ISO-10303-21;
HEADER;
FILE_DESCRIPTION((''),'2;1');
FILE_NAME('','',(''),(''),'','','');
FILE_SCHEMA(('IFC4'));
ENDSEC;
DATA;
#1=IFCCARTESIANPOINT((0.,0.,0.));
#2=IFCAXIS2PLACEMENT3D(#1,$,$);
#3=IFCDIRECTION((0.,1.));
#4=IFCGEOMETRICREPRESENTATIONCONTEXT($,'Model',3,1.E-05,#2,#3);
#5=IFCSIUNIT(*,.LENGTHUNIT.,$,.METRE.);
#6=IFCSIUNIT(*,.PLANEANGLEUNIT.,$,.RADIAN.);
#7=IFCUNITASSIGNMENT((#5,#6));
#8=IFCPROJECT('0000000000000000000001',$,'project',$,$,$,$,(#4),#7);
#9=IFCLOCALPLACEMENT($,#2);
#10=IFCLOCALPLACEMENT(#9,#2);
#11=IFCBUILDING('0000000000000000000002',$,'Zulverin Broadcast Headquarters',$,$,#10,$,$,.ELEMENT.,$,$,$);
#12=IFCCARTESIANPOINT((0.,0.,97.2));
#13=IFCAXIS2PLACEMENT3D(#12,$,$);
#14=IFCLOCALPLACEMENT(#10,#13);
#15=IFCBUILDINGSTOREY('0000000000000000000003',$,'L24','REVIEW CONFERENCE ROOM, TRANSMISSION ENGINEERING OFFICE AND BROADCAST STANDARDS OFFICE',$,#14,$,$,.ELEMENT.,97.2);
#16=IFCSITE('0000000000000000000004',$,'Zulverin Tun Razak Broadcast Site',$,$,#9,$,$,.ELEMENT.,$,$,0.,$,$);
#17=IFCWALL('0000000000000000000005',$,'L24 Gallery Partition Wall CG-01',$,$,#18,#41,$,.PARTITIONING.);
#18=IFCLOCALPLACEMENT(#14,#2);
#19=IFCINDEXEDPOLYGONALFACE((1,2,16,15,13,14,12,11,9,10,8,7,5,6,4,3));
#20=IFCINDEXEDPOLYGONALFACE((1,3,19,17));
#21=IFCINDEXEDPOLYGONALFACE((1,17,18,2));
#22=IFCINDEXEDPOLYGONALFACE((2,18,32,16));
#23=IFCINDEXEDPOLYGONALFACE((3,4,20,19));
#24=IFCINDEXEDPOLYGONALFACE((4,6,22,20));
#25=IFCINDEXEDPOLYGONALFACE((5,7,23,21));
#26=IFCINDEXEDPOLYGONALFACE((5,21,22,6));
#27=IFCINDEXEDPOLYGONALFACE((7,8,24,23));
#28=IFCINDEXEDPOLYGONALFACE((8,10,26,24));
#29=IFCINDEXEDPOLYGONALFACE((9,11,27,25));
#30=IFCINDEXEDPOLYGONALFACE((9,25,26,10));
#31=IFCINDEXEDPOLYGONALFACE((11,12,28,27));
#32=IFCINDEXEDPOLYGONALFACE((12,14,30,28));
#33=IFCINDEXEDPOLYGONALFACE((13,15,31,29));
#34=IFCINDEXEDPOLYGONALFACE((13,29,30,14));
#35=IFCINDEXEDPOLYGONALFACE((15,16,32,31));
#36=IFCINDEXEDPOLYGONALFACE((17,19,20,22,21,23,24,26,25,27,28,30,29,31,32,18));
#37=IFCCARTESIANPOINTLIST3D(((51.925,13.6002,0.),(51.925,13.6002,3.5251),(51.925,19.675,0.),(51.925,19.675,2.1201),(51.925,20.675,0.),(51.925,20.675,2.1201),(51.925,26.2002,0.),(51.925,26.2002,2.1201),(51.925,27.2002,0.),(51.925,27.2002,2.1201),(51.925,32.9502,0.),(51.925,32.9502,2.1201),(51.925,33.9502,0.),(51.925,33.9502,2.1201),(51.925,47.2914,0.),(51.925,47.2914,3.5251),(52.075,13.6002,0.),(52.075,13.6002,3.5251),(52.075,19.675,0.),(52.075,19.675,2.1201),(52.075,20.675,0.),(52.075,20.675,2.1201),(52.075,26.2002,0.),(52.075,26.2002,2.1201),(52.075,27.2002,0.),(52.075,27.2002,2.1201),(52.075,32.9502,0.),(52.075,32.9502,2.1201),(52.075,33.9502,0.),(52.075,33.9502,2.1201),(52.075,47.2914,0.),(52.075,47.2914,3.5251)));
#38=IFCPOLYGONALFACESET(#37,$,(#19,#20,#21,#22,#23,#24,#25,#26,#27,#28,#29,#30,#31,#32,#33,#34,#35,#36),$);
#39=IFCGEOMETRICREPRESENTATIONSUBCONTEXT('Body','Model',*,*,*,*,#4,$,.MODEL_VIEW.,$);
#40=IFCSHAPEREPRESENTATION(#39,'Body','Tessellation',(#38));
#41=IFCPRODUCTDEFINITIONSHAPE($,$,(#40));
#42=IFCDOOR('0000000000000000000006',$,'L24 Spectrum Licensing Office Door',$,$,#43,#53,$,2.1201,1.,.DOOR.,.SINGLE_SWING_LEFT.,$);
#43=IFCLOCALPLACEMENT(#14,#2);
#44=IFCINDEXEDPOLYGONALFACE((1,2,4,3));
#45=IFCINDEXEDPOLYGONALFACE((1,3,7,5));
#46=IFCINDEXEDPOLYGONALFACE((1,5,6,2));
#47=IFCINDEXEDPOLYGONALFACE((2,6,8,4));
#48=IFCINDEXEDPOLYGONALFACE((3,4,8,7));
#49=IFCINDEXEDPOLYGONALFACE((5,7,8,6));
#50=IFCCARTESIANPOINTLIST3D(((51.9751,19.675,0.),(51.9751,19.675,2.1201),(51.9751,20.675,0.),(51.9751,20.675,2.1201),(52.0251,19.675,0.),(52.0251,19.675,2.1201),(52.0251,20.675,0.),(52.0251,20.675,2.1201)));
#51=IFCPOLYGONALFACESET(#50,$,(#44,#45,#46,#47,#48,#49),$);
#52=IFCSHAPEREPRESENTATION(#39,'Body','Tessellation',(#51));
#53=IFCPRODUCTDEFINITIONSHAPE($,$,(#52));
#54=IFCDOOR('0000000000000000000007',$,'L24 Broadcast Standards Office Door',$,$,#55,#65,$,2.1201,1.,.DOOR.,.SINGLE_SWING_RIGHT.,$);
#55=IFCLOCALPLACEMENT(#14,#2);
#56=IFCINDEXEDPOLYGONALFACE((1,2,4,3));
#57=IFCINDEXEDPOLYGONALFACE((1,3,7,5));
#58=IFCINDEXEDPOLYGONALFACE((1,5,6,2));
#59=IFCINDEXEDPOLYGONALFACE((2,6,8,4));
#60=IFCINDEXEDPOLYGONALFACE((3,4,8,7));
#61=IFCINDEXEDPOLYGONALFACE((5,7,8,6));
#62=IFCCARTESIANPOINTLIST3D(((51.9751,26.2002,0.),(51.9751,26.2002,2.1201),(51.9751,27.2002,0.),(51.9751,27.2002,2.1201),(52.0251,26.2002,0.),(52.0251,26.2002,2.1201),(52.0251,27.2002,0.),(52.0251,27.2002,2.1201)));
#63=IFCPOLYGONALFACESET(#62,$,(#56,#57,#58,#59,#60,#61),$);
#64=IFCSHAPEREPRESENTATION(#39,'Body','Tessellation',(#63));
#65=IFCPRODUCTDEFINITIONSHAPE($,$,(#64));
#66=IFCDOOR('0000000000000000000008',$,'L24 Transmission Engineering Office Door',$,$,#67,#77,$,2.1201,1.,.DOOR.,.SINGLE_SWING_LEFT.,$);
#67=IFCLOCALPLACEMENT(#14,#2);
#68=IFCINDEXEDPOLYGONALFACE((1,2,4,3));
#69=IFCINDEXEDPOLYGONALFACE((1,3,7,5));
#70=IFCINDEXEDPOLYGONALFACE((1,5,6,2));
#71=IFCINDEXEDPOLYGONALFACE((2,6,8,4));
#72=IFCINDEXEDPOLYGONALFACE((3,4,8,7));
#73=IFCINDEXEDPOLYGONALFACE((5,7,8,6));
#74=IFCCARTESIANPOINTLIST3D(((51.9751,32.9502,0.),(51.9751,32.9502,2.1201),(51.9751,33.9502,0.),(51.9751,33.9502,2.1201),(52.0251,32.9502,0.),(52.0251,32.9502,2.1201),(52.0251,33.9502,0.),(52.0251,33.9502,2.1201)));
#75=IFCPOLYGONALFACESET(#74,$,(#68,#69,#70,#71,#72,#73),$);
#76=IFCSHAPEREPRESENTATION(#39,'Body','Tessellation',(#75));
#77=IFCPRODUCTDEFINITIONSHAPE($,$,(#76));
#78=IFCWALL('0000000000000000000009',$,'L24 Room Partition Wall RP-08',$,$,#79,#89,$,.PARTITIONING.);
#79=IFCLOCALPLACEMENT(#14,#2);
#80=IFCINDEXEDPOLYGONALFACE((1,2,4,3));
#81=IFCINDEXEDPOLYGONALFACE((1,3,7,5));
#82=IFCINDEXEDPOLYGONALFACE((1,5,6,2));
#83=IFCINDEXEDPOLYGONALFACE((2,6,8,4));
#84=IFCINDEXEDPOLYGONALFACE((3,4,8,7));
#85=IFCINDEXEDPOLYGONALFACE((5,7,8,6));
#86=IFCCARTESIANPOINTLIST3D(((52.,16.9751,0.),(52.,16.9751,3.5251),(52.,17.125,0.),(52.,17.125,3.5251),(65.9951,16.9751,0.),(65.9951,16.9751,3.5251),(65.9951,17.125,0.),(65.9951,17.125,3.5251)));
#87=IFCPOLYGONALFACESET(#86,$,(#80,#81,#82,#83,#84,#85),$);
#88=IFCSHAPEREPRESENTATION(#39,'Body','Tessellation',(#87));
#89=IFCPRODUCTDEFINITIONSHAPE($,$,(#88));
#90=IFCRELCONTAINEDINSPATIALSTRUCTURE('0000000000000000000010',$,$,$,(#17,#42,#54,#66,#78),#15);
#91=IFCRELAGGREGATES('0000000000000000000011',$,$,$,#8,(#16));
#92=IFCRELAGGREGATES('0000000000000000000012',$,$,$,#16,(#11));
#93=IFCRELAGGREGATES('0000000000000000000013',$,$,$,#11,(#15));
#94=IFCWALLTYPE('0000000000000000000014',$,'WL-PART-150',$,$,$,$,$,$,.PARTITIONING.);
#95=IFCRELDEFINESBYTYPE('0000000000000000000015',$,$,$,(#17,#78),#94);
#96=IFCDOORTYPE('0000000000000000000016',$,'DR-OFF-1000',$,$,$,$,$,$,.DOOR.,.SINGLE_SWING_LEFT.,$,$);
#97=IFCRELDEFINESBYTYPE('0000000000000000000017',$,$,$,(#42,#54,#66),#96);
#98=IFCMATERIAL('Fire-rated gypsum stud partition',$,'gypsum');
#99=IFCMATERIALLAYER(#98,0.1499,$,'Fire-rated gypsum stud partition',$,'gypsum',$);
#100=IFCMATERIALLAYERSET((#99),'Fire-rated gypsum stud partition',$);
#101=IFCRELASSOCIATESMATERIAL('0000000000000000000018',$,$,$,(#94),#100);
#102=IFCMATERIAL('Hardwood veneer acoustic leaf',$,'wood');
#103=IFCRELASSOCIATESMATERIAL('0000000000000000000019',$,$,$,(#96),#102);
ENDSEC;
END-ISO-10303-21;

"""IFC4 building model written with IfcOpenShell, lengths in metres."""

from ifc_helpers import new_model, si_unit, direction, frame, frame_2d, origin, place, context, subcontext, project, spatial, rectangle, extrude, material, layer, layer_set, type_object, element, fill, save


model = new_model("IFC4")

# Units and contexts
model_context = context("Model", 3, precision=1e-05, world=origin(), true_north=direction((0.0, 1.0)))
body_context = subcontext(model_context, "Body", "Model", "MODEL_VIEW")
ifc_project = project(units=[si_unit("LENGTHUNIT", "METRE"), si_unit("PLANEANGLEUNIT", "RADIAN")], contexts=[model_context])

# Site, building, storey
site_placement = place(None, origin())
site = spatial("IfcSite", under=ifc_project, at=site_placement, Name="Zulverin Tun Razak Broadcast Site", CompositionType="ELEMENT", RefElevation=0.0)
building_placement = place(site_placement, origin())
building = spatial("IfcBuilding", under=site, at=building_placement, Name="Zulverin Broadcast Headquarters", CompositionType="ELEMENT")
storey_placement = place(building_placement, frame((0.0, 0.0, 97.2)))
storey = spatial("IfcBuildingStorey", under=building, at=storey_placement, Name="L24", Description="REVIEW CONFERENCE ROOM, TRANSMISSION ENGINEERING OFFICE AND BROADCAST STANDARDS OFFICE", CompositionType="ELEMENT", Elevation=97.2)

# Wall, openings, doors
ifc_material_1 = material(Name="Fire-rated gypsum stud partition", Category="gypsum")
ifc_layer_1 = layer(ifc_material_1, 0.1499, Name="Fire-rated gypsum stud partition", Category="gypsum")
ifc_layer_set_1 = layer_set([ifc_layer_1], Name="Fire-rated gypsum stud partition")
wall_type_1 = type_object("IfcWallType", Name="WL-PART-150", PredefinedType="PARTITIONING", material=ifc_layer_set_1)
wall_1_placement = place(storey_placement, frame((52.0, 13.6001, 0.0), z_axis=(0.0, 0.0, 1.0), x_axis=(0.0, 1.0, 0.0)))
wall_1 = element("IfcWall", 1, at=wall_1_placement, inside=storey, type_object=wall_type_1, Name="L24 Gallery Partition Wall CG-01", PredefinedType="PARTITIONING", context=body_context, shape_type="SweptSolid", body=[
    extrude(rectangle(XDim=33.6912, YDim=0.1499, at=frame_2d((16.8457, 0.0))), origin(), (0.0, 0.0, 1.0), 3.5251),
])
opening_1_placement = place(wall_1_placement, frame((6.075, 0.0, 0.0)))
opening_1 = element("IfcOpeningElement", 2, at=opening_1_placement, cuts=wall_1, PredefinedType="OPENING", context=body_context, shape_type="SweptSolid", body=[
    extrude(rectangle(XDim=1.0, YDim=2.1201, at=frame_2d((0.5, 1.0601))), frame((0.0, 0.085, 0.0), z_axis=(0.0, -1.0, 0.0), x_axis=(1.0, 0.0, 0.0)), (0.0, 0.0, 1.0), 0.1699),
])
opening_2_placement = place(wall_1_placement, frame((12.6001, 0.0, 0.0)))
opening_2 = element("IfcOpeningElement", 3, at=opening_2_placement, cuts=wall_1, PredefinedType="OPENING", context=body_context, shape_type="SweptSolid", body=[
    extrude(rectangle(XDim=1.0, YDim=2.1201, at=frame_2d((0.5, 1.0601))), frame((0.0, 0.085, 0.0), z_axis=(0.0, -1.0, 0.0), x_axis=(1.0, 0.0, 0.0)), (0.0, 0.0, 1.0), 0.1699),
])
opening_3_placement = place(wall_1_placement, frame((19.3501, 0.0, 0.0)))
opening_3 = element("IfcOpeningElement", 4, at=opening_3_placement, cuts=wall_1, PredefinedType="OPENING", context=body_context, shape_type="SweptSolid", body=[
    extrude(rectangle(XDim=1.0, YDim=2.1201, at=frame_2d((0.5, 1.0601))), frame((0.0, 0.085, 0.0), z_axis=(0.0, -1.0, 0.0), x_axis=(1.0, 0.0, 0.0)), (0.0, 0.0, 1.0), 0.1699),
])
ifc_material_2 = material(Name="Hardwood veneer acoustic leaf", Category="wood")
door_type_1 = type_object("IfcDoorType", Name="DR-OFF-1000", OperationType="SINGLE_SWING_LEFT", PredefinedType="DOOR", material=ifc_material_2)
door_1_placement = place(opening_1_placement, origin())
door_1 = element("IfcDoor", 5, at=door_1_placement, inside=storey, type_object=door_type_1, Name="L24 Spectrum Licensing Office Door", OperationType="SINGLE_SWING_LEFT", OverallHeight=2.1201, OverallWidth=1.0, PredefinedType="DOOR", context=body_context, shape_type="SweptSolid", body=[
    extrude(rectangle(XDim=1.0, YDim=2.1201, at=frame_2d((0.5, 1.0601))), frame((0.0, 0.0249, 0.0), z_axis=(0.0, -1.0, 0.0), x_axis=(1.0, 0.0, 0.0)), (0.0, 0.0, 1.0), 0.05),
])
fill(opening_1, door_1)
door_2_placement = place(opening_2_placement, origin())
door_2 = element("IfcDoor", 6, at=door_2_placement, inside=storey, type_object=door_type_1, Name="L24 Broadcast Standards Office Door", OperationType="SINGLE_SWING_RIGHT", OverallHeight=2.1201, OverallWidth=1.0, PredefinedType="DOOR", context=body_context, shape_type="SweptSolid", body=[
    extrude(rectangle(XDim=1.0, YDim=2.1201, at=frame_2d((0.5, 1.0601))), frame((0.0, 0.0249, 0.0), z_axis=(0.0, -1.0, 0.0), x_axis=(1.0, 0.0, 0.0)), (0.0, 0.0, 1.0), 0.05),
])
fill(opening_2, door_2)
door_3_placement = place(opening_3_placement, origin())
door_3 = element("IfcDoor", 7, at=door_3_placement, inside=storey, type_object=door_type_1, Name="L24 Transmission Engineering Office Door", OperationType="SINGLE_SWING_LEFT", OverallHeight=2.1201, OverallWidth=1.0, PredefinedType="DOOR", context=body_context, shape_type="SweptSolid", body=[
    extrude(rectangle(XDim=1.0, YDim=2.1201, at=frame_2d((0.5, 1.0601))), frame((0.0, 0.0249, 0.0), z_axis=(0.0, -1.0, 0.0), x_axis=(1.0, 0.0, 0.0)), (0.0, 0.0, 1.0), 0.05),
])
fill(opening_3, door_3)

# Wall
wall_2_placement = place(storey_placement, frame((52.0, 17.05, 0.0), z_axis=(0.0, 0.0, 1.0), x_axis=(1.0, 0.0, 0.0)))
element("IfcWall", 8, at=wall_2_placement, inside=storey, type_object=wall_type_1, Name="L24 Room Partition Wall RP-08", PredefinedType="PARTITIONING", context=body_context, shape_type="SweptSolid", body=[
    extrude(rectangle(XDim=13.9951, YDim=0.1499, at=frame_2d((6.9976, 0.0))), origin(), (0.0, 0.0, 1.0), 3.5251),
])

save(model, "model.ifc")
